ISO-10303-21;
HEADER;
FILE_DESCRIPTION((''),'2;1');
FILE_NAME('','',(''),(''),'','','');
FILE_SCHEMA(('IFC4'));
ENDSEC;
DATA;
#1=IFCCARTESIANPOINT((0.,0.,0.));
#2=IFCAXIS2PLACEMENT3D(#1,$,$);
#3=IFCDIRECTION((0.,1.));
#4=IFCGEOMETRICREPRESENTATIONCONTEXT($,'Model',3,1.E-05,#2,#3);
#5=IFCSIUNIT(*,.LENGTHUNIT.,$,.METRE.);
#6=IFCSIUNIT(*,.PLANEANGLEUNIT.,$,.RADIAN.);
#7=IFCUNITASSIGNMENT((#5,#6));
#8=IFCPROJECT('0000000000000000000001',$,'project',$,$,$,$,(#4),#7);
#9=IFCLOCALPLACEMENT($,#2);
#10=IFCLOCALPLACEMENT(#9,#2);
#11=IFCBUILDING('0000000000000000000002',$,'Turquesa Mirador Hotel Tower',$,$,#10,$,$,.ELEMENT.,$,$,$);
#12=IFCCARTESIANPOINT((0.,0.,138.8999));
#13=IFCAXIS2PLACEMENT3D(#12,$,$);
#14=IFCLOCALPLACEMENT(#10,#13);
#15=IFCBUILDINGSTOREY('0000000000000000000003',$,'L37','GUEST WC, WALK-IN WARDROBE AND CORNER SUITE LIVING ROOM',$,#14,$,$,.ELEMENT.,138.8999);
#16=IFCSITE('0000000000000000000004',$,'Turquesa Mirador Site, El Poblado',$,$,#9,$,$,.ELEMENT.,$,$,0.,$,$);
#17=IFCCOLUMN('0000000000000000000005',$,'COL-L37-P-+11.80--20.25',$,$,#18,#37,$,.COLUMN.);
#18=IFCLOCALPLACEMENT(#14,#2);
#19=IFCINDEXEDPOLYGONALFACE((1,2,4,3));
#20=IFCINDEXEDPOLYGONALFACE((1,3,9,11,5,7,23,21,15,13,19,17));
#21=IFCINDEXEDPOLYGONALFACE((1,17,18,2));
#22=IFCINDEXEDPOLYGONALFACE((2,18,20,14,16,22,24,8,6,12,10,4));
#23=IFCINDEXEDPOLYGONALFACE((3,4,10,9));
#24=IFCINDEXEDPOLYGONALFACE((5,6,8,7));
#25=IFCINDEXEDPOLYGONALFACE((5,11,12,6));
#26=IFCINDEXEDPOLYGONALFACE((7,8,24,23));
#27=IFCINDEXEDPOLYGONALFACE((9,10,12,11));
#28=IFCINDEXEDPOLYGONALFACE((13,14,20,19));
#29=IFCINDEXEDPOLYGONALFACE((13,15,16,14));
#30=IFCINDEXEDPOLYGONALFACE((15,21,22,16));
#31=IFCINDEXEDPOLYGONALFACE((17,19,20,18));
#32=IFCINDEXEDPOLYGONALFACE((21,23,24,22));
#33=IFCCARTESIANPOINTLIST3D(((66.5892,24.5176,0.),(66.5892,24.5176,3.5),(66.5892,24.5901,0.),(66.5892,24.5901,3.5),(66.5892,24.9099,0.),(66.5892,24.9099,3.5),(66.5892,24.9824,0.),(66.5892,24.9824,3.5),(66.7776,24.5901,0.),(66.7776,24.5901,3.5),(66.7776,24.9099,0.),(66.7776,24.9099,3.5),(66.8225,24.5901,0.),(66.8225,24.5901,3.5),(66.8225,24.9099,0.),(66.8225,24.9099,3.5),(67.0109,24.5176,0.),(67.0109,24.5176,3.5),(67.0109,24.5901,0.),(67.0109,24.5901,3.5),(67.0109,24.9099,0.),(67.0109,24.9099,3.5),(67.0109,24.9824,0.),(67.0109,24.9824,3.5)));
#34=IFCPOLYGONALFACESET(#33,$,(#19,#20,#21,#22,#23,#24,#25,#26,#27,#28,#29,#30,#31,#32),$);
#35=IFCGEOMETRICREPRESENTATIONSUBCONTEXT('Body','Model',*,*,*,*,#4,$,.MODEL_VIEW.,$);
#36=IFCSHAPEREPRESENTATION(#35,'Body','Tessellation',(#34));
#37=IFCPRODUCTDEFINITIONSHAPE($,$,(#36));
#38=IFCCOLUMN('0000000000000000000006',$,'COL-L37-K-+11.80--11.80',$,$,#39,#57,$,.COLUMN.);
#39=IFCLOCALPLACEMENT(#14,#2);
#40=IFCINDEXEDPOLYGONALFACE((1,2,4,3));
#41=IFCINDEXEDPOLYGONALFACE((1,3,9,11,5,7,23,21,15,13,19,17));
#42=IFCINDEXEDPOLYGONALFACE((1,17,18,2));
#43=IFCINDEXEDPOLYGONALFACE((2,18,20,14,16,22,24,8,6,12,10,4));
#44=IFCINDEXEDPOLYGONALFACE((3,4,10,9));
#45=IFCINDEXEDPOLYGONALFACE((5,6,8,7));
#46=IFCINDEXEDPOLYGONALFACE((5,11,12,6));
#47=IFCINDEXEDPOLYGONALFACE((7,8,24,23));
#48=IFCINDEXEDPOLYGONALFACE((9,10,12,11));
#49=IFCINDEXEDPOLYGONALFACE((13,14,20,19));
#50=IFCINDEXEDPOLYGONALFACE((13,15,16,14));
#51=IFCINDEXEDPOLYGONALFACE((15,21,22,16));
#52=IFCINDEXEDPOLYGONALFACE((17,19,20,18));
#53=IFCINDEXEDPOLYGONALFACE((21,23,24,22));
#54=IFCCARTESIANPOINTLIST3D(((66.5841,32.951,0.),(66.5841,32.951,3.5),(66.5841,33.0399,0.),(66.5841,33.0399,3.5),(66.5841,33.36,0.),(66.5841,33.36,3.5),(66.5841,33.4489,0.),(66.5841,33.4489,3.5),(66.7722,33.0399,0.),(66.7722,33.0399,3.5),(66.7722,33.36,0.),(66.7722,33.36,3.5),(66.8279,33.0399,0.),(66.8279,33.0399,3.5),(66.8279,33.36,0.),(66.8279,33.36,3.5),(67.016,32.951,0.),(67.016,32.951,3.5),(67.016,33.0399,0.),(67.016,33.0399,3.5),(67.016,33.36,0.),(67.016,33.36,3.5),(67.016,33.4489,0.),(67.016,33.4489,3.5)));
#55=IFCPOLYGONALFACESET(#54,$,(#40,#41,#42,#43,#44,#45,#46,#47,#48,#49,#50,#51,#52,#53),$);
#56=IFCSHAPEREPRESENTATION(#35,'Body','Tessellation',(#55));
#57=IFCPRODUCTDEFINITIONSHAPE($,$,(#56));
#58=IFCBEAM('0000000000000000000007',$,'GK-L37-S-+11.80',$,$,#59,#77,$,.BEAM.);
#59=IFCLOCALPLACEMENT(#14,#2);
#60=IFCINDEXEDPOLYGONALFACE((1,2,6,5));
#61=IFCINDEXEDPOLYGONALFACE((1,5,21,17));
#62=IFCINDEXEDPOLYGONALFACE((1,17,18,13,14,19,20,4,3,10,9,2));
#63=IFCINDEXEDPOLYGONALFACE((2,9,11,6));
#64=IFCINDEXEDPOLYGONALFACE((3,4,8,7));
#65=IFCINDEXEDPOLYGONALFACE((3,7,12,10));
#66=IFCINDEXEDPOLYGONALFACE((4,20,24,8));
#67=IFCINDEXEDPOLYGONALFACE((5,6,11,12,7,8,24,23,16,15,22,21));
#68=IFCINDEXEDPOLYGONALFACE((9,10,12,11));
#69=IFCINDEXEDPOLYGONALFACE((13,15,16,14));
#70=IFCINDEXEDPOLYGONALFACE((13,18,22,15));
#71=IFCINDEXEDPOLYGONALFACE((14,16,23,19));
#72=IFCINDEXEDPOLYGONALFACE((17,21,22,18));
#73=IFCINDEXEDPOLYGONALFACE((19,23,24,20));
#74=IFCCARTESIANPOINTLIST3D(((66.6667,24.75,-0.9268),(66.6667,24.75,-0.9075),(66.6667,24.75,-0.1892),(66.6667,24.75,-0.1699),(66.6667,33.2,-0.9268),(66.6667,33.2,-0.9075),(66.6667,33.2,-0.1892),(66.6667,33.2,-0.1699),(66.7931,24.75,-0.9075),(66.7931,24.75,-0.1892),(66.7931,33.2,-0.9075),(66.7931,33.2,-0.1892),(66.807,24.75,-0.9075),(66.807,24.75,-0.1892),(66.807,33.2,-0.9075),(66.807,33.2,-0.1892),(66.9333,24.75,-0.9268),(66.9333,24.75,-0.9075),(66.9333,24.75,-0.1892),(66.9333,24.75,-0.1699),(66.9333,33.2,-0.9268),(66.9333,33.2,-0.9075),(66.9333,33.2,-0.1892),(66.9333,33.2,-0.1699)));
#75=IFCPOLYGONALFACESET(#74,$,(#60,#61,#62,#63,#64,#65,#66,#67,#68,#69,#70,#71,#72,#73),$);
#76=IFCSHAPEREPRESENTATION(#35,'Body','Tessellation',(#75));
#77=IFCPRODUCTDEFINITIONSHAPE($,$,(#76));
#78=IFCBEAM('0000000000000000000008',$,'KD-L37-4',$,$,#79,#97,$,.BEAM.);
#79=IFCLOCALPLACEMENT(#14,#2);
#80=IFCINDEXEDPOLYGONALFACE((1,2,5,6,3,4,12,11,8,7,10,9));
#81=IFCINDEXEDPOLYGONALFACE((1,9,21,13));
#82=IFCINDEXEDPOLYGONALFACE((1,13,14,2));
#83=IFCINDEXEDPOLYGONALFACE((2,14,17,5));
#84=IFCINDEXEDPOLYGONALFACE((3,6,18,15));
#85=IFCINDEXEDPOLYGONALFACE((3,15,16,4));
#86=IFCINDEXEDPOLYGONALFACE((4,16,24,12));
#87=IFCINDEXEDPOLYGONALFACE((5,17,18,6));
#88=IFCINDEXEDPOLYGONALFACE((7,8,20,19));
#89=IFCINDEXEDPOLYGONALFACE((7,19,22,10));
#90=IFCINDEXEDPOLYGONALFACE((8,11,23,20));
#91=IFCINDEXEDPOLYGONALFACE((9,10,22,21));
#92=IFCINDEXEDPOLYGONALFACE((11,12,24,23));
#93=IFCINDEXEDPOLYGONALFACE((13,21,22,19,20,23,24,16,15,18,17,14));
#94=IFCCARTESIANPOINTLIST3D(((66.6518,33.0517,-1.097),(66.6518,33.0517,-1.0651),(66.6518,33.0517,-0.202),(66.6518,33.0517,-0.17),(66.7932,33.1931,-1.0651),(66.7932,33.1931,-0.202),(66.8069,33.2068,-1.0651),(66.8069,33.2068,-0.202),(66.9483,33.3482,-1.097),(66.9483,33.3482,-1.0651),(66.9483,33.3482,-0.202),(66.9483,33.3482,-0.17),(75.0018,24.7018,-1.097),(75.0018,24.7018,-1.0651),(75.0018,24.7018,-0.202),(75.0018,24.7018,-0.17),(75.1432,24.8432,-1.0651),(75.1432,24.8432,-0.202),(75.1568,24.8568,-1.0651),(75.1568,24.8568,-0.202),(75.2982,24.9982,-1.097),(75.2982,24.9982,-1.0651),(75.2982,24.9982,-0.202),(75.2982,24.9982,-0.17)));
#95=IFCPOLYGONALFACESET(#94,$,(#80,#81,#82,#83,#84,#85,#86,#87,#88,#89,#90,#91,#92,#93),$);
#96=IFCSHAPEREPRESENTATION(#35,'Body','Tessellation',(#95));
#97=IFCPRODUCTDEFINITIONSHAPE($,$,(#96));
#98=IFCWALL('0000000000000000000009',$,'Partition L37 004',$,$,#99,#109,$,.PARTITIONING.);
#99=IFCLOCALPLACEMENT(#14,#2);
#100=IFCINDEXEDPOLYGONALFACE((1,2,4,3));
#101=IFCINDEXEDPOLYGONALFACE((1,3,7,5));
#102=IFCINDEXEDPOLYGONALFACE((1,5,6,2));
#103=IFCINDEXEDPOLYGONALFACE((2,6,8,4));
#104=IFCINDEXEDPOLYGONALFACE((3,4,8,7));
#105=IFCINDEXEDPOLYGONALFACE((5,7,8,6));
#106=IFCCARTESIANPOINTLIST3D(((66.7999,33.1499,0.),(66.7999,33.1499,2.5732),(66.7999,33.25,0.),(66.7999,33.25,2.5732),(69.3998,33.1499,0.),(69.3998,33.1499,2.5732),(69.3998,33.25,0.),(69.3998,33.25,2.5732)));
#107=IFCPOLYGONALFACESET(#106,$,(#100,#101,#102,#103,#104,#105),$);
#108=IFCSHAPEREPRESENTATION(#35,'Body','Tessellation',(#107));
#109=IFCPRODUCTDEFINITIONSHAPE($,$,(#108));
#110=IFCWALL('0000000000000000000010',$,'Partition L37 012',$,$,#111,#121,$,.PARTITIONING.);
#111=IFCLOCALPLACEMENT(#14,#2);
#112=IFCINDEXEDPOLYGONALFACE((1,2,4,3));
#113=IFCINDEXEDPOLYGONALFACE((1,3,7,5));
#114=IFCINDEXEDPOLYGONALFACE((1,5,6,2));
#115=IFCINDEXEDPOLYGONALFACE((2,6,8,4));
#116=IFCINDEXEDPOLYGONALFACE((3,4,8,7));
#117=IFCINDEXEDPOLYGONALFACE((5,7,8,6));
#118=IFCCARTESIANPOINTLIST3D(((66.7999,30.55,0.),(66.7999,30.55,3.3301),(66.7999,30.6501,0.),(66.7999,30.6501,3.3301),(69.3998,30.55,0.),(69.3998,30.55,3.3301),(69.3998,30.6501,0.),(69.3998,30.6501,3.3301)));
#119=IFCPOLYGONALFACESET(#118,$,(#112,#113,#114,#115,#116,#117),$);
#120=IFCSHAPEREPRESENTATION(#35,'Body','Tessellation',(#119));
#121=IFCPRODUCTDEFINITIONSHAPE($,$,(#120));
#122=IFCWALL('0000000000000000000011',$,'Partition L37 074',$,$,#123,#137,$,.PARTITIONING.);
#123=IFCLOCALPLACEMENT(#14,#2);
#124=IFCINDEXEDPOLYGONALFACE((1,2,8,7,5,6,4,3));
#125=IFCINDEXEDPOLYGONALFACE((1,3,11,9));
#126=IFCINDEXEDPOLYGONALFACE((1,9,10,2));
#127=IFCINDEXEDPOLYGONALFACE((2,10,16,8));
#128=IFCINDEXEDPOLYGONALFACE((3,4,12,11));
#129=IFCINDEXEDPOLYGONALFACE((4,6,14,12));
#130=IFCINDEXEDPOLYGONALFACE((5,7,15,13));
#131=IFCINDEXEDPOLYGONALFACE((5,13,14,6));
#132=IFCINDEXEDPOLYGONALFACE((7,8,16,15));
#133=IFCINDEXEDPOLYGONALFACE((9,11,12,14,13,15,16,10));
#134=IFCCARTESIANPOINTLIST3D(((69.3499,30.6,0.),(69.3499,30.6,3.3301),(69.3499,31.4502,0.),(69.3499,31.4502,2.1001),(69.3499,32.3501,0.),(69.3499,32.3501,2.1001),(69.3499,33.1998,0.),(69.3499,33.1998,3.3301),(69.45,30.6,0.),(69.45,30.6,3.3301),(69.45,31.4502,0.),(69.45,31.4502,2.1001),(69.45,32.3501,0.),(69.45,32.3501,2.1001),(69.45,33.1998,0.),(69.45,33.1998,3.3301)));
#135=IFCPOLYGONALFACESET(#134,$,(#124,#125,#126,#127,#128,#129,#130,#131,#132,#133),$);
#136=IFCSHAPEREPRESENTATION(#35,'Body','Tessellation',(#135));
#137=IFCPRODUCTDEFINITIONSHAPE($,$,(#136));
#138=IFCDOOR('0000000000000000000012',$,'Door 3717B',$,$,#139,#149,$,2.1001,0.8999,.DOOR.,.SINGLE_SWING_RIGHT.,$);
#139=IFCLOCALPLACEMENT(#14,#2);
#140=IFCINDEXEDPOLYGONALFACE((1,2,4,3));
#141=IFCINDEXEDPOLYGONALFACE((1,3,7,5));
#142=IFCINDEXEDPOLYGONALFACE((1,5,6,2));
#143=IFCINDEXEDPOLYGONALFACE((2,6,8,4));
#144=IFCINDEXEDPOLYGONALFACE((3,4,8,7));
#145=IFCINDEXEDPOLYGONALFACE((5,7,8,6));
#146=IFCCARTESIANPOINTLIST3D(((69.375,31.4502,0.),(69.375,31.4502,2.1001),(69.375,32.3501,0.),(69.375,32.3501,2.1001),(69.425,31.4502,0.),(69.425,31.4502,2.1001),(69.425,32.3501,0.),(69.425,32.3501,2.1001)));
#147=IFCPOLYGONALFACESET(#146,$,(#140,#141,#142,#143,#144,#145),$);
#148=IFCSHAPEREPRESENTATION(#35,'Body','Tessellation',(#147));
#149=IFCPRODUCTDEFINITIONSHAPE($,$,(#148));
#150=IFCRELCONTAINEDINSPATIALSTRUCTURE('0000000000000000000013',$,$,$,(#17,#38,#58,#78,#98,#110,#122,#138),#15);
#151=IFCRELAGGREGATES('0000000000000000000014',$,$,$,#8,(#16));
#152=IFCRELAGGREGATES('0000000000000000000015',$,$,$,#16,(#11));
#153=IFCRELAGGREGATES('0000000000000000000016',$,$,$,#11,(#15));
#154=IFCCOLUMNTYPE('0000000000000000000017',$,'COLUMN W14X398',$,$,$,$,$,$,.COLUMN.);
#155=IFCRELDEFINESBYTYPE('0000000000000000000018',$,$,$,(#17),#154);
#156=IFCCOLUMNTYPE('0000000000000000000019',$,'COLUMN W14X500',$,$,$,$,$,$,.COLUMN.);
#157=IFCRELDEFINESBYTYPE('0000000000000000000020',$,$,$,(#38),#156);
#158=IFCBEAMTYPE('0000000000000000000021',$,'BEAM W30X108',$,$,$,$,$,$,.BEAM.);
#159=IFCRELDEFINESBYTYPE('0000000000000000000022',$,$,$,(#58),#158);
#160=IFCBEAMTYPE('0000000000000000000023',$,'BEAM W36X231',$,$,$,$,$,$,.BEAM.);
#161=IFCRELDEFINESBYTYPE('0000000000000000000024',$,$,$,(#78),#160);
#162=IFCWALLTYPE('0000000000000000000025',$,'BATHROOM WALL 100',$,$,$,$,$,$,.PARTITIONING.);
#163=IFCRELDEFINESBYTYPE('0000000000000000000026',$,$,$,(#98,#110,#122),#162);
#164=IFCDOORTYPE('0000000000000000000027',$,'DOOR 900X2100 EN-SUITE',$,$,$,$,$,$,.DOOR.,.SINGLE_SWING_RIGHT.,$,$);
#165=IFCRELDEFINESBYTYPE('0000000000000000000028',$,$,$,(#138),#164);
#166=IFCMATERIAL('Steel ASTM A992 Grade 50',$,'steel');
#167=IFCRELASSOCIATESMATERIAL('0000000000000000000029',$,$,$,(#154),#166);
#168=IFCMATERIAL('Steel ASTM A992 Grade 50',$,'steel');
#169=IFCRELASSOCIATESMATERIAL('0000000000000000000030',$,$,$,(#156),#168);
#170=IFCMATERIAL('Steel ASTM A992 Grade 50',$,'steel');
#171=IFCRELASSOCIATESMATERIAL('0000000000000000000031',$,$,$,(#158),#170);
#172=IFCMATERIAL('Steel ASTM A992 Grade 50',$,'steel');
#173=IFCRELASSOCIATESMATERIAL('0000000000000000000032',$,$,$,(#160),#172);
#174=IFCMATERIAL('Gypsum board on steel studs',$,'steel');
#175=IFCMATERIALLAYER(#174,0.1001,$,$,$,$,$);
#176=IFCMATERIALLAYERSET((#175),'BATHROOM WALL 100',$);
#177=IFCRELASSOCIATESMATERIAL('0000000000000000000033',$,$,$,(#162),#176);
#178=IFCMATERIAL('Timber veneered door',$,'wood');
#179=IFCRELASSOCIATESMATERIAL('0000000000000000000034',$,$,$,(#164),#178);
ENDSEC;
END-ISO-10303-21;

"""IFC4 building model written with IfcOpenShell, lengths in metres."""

from ifc_helpers import new_model, si_unit, direction, frame, frame_2d, origin, origin_2d, place, context, subcontext, project, spatial, rectangle, i_section, extrude, material, layer, layer_set, material_profile, profile_set, type_object, element, fill, save


model = new_model("IFC4")

# Units and contexts
model_context = context("Model", 3, precision=1e-05, world=origin(), true_north=direction((0.0, 1.0)))
body_context = subcontext(model_context, "Body", "Model", "MODEL_VIEW")
ifc_project = project(units=[si_unit("LENGTHUNIT", "METRE"), si_unit("PLANEANGLEUNIT", "RADIAN")], contexts=[model_context])

# Site, building, storey
site_placement = place(None, origin())
site = spatial("IfcSite", under=ifc_project, at=site_placement, Name="Turquesa Mirador Site, El Poblado", CompositionType="ELEMENT", RefElevation=0.0)
building_placement = place(site_placement, origin())
building = spatial("IfcBuilding", under=site, at=building_placement, Name="Turquesa Mirador Hotel Tower", CompositionType="ELEMENT")
storey_placement = place(building_placement, frame((0.0, 0.0, 138.8999)))
storey = spatial("IfcBuildingStorey", under=building, at=storey_placement, Name="L37", Description="GUEST WC, WALK-IN WARDROBE AND CORNER SUITE LIVING ROOM", CompositionType="ELEMENT", Elevation=138.8999)

# Columns
ifc_material_1 = material(Name="Steel ASTM A992 Grade 50", Category="steel")
ifc_material_profile_1 = material_profile(ifc_material_1, i_section(OverallWidth=0.4216, OverallDepth=0.4648, WebThickness=0.0449, FlangeThickness=0.0725, at=origin_2d()), Name="W14X398")
ifc_profile_set_1 = profile_set([ifc_material_profile_1], Name="Steel ASTM A992 Grade 50")
column_type_1 = type_object("IfcColumnType", Name="COLUMN W14X398", PredefinedType="COLUMN", material=ifc_profile_set_1)
column_1_placement = place(storey_placement, frame((66.8, 24.75, 0.0), z_axis=(0.0, 0.0, 1.0), x_axis=(1.0, 0.0, 0.0)))
element("IfcColumn", 1, at=column_1_placement, inside=storey, type_object=column_type_1, Name="COL-L37-P-+11.80--20.25", PredefinedType="COLUMN", context=body_context, shape_type="SweptSolid", body=[
    extrude(i_section(OverallWidth=0.4216, OverallDepth=0.4648, WebThickness=0.0449, FlangeThickness=0.0725, at=origin_2d()), origin(), (0.0, 0.0, 1.0), 3.5),
])
ifc_material_2 = material(Name="Steel ASTM A992 Grade 50", Category="steel")
ifc_material_profile_2 = material_profile(ifc_material_2, i_section(OverallWidth=0.4319, OverallDepth=0.4978, WebThickness=0.0557, FlangeThickness=0.0889, at=origin_2d()), Name="W14X500")
ifc_profile_set_2 = profile_set([ifc_material_profile_2], Name="Steel ASTM A992 Grade 50")
column_type_2 = type_object("IfcColumnType", Name="COLUMN W14X500", PredefinedType="COLUMN", material=ifc_profile_set_2)
column_2_placement = place(storey_placement, frame((66.8, 33.2, 0.0), z_axis=(0.0, 0.0, 1.0), x_axis=(1.0, 0.0, 0.0)))
element("IfcColumn", 2, at=column_2_placement, inside=storey, type_object=column_type_2, Name="COL-L37-K-+11.80--11.80", PredefinedType="COLUMN", context=body_context, shape_type="SweptSolid", body=[
    extrude(i_section(OverallWidth=0.4319, OverallDepth=0.4978, WebThickness=0.0557, FlangeThickness=0.0889, at=origin_2d()), origin(), (0.0, 0.0, 1.0), 3.5),
])

# Beams
ifc_material_3 = material(Name="Steel ASTM A992 Grade 50", Category="steel")
ifc_material_profile_3 = material_profile(ifc_material_3, i_section(OverallWidth=0.2666, OverallDepth=0.7568, WebThickness=0.0139, FlangeThickness=0.0193, at=origin_2d()), Name="W30X108")
ifc_profile_set_3 = profile_set([ifc_material_profile_3], Name="Steel ASTM A992 Grade 50")
beam_type_1 = type_object("IfcBeamType", Name="BEAM W30X108", PredefinedType="BEAM", material=ifc_profile_set_3)
beam_1_placement = place(storey_placement, frame((66.8, 24.75, -0.5483), z_axis=(0.0, 1.0, 0.0), x_axis=(-1.0, 0.0, 0.0)))
element("IfcBeam", 3, at=beam_1_placement, inside=storey, type_object=beam_type_1, Name="GK-L37-S-+11.80", PredefinedType="BEAM", context=body_context, shape_type="SweptSolid", body=[
    extrude(i_section(OverallWidth=0.2666, OverallDepth=0.7568, WebThickness=0.0139, FlangeThickness=0.0193, at=origin_2d()), origin(), (0.0, 0.0, 1.0), 8.45),
])
ifc_material_4 = material(Name="Steel ASTM A992 Grade 50", Category="steel")
ifc_material_profile_4 = material_profile(ifc_material_4, i_section(OverallWidth=0.4192, OverallDepth=0.927, WebThickness=0.0193, FlangeThickness=0.032, at=origin_2d()), Name="W36X231")
ifc_profile_set_4 = profile_set([ifc_material_profile_4], Name="Steel ASTM A992 Grade 50")
beam_type_2 = type_object("IfcBeamType", Name="BEAM W36X231", PredefinedType="BEAM", material=ifc_profile_set_4)
beam_2_placement = place(storey_placement, frame((66.8, 33.2, -0.6335), z_axis=(0.707107, -0.707107, 0.0), x_axis=(0.707107, 0.707107, 0.0)))
element("IfcBeam", 4, at=beam_2_placement, inside=storey, type_object=beam_type_2, Name="KD-L37-4", PredefinedType="BEAM", context=body_context, shape_type="SweptSolid", body=[
    extrude(i_section(OverallWidth=0.4192, OverallDepth=0.927, WebThickness=0.0193, FlangeThickness=0.032, at=origin_2d()), origin(), (0.0, 0.0, 1.0), 11.8086),
])

# Walls
ifc_material_5 = material(Name="Gypsum board on steel studs", Category="steel")
ifc_layer_1 = layer(ifc_material_5, 0.1001)
ifc_layer_set_1 = layer_set([ifc_layer_1], Name="BATHROOM WALL 100")
wall_type_1 = type_object("IfcWallType", Name="BATHROOM WALL 100", PredefinedType="PARTITIONING", material=ifc_layer_set_1)
wall_1_placement = place(storey_placement, frame((66.8, 33.2, 0.0), z_axis=(0.0, 0.0, 1.0), x_axis=(1.0, 0.0, 0.0)))
element("IfcWall", 5, at=wall_1_placement, inside=storey, type_object=wall_type_1, Name="Partition L37 004", PredefinedType="PARTITIONING", context=body_context, shape_type="SweptSolid", body=[
    extrude(rectangle(XDim=2.5999, YDim=0.1001, at=frame_2d((1.2998, 0.0))), origin(), (0.0, 0.0, 1.0), 2.5732),
])
wall_2_placement = place(storey_placement, frame((66.8, 30.6001, 0.0), z_axis=(0.0, 0.0, 1.0), x_axis=(1.0, 0.0, 0.0)))
element("IfcWall", 6, at=wall_2_placement, inside=storey, type_object=wall_type_1, Name="Partition L37 012", PredefinedType="PARTITIONING", context=body_context, shape_type="SweptSolid", body=[
    extrude(rectangle(XDim=2.5999, YDim=0.1001, at=frame_2d((1.2998, 0.0))), origin(), (0.0, 0.0, 1.0), 3.3301),
])

# Wall, opening, door
wall_3_placement = place(storey_placement, frame((69.3999, 30.6001, 0.0), z_axis=(0.0, 0.0, 1.0), x_axis=(0.0, 1.0, 0.0)))
wall_3 = element("IfcWall", 7, at=wall_3_placement, inside=storey, type_object=wall_type_1, Name="Partition L37 074", PredefinedType="PARTITIONING", context=body_context, shape_type="SweptSolid", body=[
    extrude(rectangle(XDim=2.5999, YDim=0.1001, at=frame_2d((1.2998, 0.0))), origin(), (0.0, 0.0, 1.0), 3.3301),
])
opening_1_placement = place(wall_3_placement, frame((0.8501, 0.0, 0.0)))
opening_1 = element("IfcOpeningElement", 8, at=opening_1_placement, cuts=wall_3, PredefinedType="OPENING", context=body_context, shape_type="SweptSolid", body=[
    extrude(rectangle(XDim=0.8999, YDim=2.1001, at=frame_2d((0.45, 1.05))), frame((0.0, 0.0601, 0.0), z_axis=(0.0, -1.0, 0.0), x_axis=(1.0, 0.0, 0.0)), (0.0, 0.0, 1.0), 0.1201),
])
ifc_material_6 = material(Name="Timber veneered door", Category="wood")
door_type_1 = type_object("IfcDoorType", Name="DOOR 900X2100 EN-SUITE", OperationType="SINGLE_SWING_RIGHT", PredefinedType="DOOR", material=ifc_material_6)
door_1_placement = place(opening_1_placement, origin())
door_1 = element("IfcDoor", 9, at=door_1_placement, inside=storey, type_object=door_type_1, Name="Door 3717B", OperationType="SINGLE_SWING_RIGHT", OverallHeight=2.1001, OverallWidth=0.8999, PredefinedType="DOOR", context=body_context, shape_type="SweptSolid", body=[
    extrude(rectangle(XDim=0.8999, YDim=2.1001, at=frame_2d((0.45, 1.05))), frame((0.0, 0.0249, 0.0), z_axis=(0.0, -1.0, 0.0), x_axis=(1.0, 0.0, 0.0)), (0.0, 0.0, 1.0), 0.05),
])
fill(opening_1, door_1)

save(model, "model.ifc")
